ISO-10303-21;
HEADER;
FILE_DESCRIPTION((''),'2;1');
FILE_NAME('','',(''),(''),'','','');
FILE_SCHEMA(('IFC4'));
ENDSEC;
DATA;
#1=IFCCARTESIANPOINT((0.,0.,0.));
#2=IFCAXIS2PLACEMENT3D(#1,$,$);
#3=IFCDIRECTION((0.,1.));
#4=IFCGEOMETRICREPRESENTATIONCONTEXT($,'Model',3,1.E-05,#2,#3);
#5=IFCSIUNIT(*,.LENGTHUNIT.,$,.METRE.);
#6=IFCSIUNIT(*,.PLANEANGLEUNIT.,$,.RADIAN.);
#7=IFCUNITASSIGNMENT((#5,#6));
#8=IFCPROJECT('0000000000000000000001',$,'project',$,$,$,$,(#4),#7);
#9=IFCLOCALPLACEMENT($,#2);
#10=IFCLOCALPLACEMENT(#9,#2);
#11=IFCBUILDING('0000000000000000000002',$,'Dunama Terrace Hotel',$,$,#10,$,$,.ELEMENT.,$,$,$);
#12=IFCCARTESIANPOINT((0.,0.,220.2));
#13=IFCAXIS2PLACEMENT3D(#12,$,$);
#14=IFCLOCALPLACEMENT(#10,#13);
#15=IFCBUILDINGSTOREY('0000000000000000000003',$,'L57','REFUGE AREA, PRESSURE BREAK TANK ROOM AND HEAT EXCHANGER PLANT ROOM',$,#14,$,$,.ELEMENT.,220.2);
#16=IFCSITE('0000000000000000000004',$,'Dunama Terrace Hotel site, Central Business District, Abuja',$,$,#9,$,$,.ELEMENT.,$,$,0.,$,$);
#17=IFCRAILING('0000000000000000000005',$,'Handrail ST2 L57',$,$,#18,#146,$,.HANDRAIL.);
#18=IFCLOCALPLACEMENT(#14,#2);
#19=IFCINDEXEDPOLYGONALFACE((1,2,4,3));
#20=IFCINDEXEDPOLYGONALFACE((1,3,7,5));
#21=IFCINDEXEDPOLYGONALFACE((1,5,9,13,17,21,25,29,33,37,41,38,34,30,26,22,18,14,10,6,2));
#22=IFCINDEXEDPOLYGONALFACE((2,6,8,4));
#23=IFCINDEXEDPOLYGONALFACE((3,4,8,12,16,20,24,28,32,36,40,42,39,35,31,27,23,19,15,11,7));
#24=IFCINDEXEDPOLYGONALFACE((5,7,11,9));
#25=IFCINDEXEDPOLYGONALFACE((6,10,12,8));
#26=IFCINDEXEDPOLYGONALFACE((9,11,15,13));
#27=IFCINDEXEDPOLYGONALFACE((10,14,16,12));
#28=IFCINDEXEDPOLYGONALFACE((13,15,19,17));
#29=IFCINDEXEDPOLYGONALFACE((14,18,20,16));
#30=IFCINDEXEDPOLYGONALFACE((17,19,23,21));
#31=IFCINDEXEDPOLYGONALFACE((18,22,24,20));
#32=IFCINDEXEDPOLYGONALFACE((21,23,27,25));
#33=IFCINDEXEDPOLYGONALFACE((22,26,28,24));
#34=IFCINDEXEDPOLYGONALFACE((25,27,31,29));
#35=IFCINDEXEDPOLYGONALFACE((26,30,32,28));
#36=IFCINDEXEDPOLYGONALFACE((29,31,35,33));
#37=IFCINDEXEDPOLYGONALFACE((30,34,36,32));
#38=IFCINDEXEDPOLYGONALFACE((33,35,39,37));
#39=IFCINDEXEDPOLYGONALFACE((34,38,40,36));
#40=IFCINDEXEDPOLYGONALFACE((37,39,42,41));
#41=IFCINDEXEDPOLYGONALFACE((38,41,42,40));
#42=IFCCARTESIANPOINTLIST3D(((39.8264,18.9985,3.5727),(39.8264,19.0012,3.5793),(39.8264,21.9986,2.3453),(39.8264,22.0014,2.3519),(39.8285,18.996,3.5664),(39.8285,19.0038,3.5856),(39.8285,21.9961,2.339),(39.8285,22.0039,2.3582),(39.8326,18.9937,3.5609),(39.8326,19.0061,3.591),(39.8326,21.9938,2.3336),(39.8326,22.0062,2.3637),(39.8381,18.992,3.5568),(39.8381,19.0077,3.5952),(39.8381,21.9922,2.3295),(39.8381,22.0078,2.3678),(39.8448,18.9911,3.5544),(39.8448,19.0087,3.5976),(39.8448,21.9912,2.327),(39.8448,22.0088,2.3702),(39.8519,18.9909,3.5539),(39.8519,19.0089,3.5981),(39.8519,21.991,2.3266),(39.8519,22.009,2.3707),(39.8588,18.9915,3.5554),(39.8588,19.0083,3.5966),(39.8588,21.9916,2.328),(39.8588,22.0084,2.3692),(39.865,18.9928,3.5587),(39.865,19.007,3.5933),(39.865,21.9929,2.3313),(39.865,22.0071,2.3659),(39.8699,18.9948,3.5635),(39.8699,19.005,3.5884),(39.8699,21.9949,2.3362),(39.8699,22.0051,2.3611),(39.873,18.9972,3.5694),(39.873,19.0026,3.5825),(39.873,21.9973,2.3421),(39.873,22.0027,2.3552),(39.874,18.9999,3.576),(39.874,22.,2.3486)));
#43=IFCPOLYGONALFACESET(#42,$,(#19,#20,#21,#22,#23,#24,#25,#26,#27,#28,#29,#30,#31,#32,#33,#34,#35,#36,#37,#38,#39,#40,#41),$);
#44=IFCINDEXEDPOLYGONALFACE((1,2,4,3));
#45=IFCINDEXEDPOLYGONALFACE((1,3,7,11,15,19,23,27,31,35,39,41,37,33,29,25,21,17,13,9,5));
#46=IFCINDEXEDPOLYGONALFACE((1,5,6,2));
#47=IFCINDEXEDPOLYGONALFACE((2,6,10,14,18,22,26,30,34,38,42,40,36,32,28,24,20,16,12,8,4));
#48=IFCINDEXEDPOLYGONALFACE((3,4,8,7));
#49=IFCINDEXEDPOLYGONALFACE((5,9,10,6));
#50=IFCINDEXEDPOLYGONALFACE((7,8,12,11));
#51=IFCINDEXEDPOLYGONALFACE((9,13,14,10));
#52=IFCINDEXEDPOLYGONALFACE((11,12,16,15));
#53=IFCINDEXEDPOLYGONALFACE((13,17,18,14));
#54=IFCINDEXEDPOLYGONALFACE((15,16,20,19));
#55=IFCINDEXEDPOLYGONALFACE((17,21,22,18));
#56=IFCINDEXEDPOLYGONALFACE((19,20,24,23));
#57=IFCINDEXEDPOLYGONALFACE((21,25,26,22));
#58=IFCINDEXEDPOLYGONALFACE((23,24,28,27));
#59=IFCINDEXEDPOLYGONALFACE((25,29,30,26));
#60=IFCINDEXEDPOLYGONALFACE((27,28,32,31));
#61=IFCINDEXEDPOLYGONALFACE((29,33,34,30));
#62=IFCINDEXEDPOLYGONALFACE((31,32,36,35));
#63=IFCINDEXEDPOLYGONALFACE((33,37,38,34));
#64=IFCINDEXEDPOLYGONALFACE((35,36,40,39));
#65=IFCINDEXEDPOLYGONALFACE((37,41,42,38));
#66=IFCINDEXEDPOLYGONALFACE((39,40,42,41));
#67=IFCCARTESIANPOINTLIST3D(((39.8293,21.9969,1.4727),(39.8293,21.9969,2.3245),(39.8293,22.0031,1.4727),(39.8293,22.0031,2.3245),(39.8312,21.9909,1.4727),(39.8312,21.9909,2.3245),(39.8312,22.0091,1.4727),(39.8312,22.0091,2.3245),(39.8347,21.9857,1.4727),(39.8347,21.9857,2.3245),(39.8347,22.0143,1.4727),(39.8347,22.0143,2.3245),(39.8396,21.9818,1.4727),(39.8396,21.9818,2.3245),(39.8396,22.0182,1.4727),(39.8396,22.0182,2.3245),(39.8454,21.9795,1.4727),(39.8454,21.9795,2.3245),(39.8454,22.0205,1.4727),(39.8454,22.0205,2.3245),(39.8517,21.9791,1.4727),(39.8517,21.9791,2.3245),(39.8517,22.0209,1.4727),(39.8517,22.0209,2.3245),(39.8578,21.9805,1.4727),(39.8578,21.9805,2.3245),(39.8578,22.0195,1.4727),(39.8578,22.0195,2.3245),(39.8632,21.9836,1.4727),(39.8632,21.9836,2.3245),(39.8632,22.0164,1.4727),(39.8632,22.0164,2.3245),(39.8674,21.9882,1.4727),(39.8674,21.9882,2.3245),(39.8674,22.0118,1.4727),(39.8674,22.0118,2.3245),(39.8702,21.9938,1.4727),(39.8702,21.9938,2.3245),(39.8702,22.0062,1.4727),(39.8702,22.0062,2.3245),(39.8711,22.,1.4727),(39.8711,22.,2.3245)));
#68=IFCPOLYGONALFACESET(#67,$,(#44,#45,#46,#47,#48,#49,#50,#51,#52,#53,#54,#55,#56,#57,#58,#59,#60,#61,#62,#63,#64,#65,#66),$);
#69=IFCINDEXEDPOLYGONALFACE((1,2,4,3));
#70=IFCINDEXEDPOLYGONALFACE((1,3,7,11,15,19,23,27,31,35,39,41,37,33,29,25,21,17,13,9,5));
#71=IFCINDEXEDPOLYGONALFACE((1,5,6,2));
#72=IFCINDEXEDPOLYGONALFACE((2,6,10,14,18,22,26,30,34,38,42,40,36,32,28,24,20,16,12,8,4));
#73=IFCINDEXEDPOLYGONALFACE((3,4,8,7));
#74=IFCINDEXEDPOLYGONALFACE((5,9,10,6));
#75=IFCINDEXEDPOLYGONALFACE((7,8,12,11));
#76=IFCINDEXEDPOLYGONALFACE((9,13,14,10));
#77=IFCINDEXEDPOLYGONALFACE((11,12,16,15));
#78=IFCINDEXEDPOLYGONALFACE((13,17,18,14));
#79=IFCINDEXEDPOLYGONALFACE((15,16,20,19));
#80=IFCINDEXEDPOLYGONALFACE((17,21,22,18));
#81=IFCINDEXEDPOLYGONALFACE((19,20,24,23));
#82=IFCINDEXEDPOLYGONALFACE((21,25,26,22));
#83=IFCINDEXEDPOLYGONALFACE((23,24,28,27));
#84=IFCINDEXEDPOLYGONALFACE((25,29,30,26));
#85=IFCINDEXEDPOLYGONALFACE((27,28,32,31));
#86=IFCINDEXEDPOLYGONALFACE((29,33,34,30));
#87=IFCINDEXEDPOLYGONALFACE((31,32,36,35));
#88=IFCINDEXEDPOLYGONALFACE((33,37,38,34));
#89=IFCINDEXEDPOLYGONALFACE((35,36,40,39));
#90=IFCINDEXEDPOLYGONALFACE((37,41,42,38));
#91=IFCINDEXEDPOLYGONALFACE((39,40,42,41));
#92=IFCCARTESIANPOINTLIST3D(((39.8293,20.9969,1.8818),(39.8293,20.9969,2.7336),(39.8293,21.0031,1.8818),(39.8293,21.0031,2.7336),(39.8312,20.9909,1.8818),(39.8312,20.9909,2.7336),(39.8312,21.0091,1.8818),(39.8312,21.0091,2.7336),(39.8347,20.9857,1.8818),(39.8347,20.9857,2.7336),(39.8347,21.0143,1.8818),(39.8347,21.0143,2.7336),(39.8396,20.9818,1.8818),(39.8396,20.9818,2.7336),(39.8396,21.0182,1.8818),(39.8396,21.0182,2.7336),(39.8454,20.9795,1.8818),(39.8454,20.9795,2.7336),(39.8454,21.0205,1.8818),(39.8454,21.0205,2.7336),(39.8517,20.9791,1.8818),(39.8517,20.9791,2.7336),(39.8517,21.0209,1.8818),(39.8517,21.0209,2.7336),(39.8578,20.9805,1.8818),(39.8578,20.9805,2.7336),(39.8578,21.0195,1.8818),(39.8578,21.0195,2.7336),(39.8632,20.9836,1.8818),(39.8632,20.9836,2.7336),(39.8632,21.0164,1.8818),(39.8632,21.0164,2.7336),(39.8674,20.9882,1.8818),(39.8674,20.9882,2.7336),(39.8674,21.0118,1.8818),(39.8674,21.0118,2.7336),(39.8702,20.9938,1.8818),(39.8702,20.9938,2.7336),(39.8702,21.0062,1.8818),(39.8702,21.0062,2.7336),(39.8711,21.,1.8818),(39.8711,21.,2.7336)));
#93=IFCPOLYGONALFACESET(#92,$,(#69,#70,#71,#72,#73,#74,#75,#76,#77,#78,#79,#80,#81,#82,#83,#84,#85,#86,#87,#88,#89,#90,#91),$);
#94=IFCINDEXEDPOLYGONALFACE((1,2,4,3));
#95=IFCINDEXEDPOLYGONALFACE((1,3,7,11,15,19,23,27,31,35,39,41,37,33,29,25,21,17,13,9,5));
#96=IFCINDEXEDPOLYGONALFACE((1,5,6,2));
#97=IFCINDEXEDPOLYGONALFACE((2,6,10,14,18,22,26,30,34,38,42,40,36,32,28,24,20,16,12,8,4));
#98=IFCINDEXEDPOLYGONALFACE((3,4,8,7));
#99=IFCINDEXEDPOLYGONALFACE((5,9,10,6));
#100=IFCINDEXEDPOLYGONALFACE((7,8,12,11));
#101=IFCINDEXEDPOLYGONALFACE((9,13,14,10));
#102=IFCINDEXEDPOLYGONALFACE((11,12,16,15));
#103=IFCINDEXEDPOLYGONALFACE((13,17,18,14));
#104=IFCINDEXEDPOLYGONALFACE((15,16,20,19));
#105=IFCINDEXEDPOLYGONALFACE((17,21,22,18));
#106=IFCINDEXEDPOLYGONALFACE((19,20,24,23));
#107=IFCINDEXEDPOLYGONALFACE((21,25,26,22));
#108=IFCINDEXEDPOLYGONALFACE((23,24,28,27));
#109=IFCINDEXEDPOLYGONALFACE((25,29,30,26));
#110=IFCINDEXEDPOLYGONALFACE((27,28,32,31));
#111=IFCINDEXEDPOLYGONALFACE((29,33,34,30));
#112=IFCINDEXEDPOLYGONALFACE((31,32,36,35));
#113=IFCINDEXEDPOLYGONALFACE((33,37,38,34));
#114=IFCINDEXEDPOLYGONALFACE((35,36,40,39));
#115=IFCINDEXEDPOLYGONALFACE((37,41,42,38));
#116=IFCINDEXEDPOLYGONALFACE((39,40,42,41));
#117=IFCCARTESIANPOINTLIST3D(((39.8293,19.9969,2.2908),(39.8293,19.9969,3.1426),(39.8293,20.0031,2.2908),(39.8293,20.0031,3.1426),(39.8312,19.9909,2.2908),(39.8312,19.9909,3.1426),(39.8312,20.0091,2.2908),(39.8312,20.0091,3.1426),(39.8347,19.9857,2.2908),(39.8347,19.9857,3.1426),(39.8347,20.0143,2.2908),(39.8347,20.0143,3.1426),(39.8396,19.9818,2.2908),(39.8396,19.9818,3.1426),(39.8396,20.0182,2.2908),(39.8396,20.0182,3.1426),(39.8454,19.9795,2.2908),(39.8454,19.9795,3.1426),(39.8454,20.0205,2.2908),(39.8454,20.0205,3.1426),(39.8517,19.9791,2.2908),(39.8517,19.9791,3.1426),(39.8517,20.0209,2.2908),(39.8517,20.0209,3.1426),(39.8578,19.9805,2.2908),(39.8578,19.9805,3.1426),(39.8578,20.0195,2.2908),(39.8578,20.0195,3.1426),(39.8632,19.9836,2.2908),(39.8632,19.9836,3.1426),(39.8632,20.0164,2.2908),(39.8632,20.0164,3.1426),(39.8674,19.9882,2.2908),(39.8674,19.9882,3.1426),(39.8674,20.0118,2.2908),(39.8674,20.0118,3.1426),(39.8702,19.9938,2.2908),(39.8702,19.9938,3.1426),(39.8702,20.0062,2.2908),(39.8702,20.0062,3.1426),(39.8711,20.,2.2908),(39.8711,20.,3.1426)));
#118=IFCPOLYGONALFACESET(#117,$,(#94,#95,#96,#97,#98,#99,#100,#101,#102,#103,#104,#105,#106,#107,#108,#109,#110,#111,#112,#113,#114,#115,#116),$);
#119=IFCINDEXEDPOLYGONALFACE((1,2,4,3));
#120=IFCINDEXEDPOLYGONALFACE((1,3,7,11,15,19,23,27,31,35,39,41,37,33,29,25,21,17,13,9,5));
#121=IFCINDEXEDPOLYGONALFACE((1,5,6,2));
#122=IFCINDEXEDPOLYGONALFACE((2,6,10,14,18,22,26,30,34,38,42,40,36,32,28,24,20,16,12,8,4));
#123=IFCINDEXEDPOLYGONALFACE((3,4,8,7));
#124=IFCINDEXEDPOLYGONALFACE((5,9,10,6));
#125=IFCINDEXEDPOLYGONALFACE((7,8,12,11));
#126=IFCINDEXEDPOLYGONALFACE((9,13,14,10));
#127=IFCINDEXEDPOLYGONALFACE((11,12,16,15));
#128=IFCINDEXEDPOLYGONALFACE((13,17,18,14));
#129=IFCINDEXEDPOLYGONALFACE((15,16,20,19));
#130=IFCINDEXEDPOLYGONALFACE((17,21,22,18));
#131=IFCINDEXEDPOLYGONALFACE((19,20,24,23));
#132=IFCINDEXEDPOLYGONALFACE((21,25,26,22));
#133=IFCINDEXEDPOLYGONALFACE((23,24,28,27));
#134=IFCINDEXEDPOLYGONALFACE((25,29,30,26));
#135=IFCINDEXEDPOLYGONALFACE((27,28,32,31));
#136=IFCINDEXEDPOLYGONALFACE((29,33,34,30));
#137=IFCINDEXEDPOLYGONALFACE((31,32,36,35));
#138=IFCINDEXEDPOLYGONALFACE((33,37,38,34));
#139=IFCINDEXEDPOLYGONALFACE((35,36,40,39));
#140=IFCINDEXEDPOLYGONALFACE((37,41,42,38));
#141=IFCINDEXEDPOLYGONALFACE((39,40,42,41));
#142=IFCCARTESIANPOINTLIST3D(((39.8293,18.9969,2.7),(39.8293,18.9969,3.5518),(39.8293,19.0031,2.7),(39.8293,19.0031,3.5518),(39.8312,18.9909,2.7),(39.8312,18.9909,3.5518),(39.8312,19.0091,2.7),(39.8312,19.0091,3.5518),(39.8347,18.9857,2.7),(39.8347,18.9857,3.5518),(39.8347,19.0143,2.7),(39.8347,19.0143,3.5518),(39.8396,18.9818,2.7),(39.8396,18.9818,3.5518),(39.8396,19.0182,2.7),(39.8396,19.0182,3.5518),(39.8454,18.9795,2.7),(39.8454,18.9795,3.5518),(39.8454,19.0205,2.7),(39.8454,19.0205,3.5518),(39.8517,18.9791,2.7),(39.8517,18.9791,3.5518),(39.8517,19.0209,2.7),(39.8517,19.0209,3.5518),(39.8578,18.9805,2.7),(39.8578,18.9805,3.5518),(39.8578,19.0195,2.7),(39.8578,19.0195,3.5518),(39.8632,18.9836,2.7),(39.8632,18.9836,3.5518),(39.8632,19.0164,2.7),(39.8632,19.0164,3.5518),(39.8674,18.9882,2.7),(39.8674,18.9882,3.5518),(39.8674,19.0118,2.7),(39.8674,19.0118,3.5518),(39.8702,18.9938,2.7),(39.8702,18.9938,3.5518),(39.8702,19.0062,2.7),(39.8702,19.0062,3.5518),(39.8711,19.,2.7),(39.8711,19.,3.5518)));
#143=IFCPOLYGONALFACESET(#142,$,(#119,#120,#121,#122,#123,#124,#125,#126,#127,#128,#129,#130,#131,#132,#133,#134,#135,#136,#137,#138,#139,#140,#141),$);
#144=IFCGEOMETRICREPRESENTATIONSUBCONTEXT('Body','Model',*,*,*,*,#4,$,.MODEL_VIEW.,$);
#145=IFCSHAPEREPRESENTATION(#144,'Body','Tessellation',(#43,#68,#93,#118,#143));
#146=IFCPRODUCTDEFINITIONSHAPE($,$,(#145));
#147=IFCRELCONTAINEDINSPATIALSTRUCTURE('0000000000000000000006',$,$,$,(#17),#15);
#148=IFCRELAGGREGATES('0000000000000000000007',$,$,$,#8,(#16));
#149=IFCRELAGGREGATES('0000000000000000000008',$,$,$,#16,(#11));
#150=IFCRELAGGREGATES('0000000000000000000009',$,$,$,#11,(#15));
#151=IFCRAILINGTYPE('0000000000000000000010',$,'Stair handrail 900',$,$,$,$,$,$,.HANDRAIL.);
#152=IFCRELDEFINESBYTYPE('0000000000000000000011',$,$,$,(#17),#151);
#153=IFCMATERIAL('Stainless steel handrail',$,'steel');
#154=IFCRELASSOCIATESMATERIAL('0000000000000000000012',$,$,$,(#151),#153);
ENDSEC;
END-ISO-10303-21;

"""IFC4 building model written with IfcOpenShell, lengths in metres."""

from ifc_helpers import new_model, si_unit, direction, frame, origin, origin_2d, place, context, subcontext, project, spatial, circle, extrude, material, type_object, element, save


model = new_model("IFC4")

# Units and contexts
model_context = context("Model", 3, precision=1e-05, world=origin(), true_north=direction((0.0, 1.0)))
body_context = subcontext(model_context, "Body", "Model", "MODEL_VIEW")
ifc_project = project(units=[si_unit("LENGTHUNIT", "METRE"), si_unit("PLANEANGLEUNIT", "RADIAN")], contexts=[model_context])

# Site, building, storey
site_placement = place(None, origin())
site = spatial("IfcSite", under=ifc_project, at=site_placement, Name="Dunama Terrace Hotel site, Central Business District, Abuja", CompositionType="ELEMENT", RefElevation=0.0)
building_placement = place(site_placement, origin())
building = spatial("IfcBuilding", under=site, at=building_placement, Name="Dunama Terrace Hotel", CompositionType="ELEMENT")
storey_placement = place(building_placement, frame((0.0, 0.0, 220.2)))
storey = spatial("IfcBuildingStorey", under=building, at=storey_placement, Name="L57", Description="REFUGE AREA, PRESSURE BREAK TANK ROOM AND HEAT EXCHANGER PLANT ROOM", CompositionType="ELEMENT", Elevation=220.2)

# Railing
ifc_material_1 = material(Name="Stainless steel handrail", Category="steel")
railing_type = type_object("IfcRailingType", Name="Stair handrail 900", PredefinedType="HANDRAIL", material=ifc_material_1)
railing_1_placement = place(storey_placement, frame((39.8501, 22.0, 1.4727)))
element("IfcRailing", 1, at=railing_1_placement, inside=storey, type_object=railing_type, Name="Handrail ST2 L57", PredefinedType="HANDRAIL", context=body_context, shape_type="SweptSolid", body=[
    extrude(circle(Radius=0.0239, at=origin_2d()), frame((0.0, 0.0, 0.876), z_axis=(0.0, -0.925545, 0.378639), x_axis=(1.0, 0.0, 0.0)), (0.0, 0.0, 1.0), 3.2415),
    extrude(circle(Radius=0.021, at=origin_2d()), origin(), (0.0, 0.0, 1.0), 0.8518),
    extrude(circle(Radius=0.021, at=origin_2d()), frame((0.0, -1.0, 0.4092)), (0.0, 0.0, 1.0), 0.8518),
    extrude(circle(Radius=0.021, at=origin_2d()), frame((0.0, -2.0, 0.8181)), (0.0, 0.0, 1.0), 0.8518),
    extrude(circle(Radius=0.021, at=origin_2d()), frame((0.0, -3.0, 1.2273)), (0.0, 0.0, 1.0), 0.8518),
])

save(model, "model.ifc")
